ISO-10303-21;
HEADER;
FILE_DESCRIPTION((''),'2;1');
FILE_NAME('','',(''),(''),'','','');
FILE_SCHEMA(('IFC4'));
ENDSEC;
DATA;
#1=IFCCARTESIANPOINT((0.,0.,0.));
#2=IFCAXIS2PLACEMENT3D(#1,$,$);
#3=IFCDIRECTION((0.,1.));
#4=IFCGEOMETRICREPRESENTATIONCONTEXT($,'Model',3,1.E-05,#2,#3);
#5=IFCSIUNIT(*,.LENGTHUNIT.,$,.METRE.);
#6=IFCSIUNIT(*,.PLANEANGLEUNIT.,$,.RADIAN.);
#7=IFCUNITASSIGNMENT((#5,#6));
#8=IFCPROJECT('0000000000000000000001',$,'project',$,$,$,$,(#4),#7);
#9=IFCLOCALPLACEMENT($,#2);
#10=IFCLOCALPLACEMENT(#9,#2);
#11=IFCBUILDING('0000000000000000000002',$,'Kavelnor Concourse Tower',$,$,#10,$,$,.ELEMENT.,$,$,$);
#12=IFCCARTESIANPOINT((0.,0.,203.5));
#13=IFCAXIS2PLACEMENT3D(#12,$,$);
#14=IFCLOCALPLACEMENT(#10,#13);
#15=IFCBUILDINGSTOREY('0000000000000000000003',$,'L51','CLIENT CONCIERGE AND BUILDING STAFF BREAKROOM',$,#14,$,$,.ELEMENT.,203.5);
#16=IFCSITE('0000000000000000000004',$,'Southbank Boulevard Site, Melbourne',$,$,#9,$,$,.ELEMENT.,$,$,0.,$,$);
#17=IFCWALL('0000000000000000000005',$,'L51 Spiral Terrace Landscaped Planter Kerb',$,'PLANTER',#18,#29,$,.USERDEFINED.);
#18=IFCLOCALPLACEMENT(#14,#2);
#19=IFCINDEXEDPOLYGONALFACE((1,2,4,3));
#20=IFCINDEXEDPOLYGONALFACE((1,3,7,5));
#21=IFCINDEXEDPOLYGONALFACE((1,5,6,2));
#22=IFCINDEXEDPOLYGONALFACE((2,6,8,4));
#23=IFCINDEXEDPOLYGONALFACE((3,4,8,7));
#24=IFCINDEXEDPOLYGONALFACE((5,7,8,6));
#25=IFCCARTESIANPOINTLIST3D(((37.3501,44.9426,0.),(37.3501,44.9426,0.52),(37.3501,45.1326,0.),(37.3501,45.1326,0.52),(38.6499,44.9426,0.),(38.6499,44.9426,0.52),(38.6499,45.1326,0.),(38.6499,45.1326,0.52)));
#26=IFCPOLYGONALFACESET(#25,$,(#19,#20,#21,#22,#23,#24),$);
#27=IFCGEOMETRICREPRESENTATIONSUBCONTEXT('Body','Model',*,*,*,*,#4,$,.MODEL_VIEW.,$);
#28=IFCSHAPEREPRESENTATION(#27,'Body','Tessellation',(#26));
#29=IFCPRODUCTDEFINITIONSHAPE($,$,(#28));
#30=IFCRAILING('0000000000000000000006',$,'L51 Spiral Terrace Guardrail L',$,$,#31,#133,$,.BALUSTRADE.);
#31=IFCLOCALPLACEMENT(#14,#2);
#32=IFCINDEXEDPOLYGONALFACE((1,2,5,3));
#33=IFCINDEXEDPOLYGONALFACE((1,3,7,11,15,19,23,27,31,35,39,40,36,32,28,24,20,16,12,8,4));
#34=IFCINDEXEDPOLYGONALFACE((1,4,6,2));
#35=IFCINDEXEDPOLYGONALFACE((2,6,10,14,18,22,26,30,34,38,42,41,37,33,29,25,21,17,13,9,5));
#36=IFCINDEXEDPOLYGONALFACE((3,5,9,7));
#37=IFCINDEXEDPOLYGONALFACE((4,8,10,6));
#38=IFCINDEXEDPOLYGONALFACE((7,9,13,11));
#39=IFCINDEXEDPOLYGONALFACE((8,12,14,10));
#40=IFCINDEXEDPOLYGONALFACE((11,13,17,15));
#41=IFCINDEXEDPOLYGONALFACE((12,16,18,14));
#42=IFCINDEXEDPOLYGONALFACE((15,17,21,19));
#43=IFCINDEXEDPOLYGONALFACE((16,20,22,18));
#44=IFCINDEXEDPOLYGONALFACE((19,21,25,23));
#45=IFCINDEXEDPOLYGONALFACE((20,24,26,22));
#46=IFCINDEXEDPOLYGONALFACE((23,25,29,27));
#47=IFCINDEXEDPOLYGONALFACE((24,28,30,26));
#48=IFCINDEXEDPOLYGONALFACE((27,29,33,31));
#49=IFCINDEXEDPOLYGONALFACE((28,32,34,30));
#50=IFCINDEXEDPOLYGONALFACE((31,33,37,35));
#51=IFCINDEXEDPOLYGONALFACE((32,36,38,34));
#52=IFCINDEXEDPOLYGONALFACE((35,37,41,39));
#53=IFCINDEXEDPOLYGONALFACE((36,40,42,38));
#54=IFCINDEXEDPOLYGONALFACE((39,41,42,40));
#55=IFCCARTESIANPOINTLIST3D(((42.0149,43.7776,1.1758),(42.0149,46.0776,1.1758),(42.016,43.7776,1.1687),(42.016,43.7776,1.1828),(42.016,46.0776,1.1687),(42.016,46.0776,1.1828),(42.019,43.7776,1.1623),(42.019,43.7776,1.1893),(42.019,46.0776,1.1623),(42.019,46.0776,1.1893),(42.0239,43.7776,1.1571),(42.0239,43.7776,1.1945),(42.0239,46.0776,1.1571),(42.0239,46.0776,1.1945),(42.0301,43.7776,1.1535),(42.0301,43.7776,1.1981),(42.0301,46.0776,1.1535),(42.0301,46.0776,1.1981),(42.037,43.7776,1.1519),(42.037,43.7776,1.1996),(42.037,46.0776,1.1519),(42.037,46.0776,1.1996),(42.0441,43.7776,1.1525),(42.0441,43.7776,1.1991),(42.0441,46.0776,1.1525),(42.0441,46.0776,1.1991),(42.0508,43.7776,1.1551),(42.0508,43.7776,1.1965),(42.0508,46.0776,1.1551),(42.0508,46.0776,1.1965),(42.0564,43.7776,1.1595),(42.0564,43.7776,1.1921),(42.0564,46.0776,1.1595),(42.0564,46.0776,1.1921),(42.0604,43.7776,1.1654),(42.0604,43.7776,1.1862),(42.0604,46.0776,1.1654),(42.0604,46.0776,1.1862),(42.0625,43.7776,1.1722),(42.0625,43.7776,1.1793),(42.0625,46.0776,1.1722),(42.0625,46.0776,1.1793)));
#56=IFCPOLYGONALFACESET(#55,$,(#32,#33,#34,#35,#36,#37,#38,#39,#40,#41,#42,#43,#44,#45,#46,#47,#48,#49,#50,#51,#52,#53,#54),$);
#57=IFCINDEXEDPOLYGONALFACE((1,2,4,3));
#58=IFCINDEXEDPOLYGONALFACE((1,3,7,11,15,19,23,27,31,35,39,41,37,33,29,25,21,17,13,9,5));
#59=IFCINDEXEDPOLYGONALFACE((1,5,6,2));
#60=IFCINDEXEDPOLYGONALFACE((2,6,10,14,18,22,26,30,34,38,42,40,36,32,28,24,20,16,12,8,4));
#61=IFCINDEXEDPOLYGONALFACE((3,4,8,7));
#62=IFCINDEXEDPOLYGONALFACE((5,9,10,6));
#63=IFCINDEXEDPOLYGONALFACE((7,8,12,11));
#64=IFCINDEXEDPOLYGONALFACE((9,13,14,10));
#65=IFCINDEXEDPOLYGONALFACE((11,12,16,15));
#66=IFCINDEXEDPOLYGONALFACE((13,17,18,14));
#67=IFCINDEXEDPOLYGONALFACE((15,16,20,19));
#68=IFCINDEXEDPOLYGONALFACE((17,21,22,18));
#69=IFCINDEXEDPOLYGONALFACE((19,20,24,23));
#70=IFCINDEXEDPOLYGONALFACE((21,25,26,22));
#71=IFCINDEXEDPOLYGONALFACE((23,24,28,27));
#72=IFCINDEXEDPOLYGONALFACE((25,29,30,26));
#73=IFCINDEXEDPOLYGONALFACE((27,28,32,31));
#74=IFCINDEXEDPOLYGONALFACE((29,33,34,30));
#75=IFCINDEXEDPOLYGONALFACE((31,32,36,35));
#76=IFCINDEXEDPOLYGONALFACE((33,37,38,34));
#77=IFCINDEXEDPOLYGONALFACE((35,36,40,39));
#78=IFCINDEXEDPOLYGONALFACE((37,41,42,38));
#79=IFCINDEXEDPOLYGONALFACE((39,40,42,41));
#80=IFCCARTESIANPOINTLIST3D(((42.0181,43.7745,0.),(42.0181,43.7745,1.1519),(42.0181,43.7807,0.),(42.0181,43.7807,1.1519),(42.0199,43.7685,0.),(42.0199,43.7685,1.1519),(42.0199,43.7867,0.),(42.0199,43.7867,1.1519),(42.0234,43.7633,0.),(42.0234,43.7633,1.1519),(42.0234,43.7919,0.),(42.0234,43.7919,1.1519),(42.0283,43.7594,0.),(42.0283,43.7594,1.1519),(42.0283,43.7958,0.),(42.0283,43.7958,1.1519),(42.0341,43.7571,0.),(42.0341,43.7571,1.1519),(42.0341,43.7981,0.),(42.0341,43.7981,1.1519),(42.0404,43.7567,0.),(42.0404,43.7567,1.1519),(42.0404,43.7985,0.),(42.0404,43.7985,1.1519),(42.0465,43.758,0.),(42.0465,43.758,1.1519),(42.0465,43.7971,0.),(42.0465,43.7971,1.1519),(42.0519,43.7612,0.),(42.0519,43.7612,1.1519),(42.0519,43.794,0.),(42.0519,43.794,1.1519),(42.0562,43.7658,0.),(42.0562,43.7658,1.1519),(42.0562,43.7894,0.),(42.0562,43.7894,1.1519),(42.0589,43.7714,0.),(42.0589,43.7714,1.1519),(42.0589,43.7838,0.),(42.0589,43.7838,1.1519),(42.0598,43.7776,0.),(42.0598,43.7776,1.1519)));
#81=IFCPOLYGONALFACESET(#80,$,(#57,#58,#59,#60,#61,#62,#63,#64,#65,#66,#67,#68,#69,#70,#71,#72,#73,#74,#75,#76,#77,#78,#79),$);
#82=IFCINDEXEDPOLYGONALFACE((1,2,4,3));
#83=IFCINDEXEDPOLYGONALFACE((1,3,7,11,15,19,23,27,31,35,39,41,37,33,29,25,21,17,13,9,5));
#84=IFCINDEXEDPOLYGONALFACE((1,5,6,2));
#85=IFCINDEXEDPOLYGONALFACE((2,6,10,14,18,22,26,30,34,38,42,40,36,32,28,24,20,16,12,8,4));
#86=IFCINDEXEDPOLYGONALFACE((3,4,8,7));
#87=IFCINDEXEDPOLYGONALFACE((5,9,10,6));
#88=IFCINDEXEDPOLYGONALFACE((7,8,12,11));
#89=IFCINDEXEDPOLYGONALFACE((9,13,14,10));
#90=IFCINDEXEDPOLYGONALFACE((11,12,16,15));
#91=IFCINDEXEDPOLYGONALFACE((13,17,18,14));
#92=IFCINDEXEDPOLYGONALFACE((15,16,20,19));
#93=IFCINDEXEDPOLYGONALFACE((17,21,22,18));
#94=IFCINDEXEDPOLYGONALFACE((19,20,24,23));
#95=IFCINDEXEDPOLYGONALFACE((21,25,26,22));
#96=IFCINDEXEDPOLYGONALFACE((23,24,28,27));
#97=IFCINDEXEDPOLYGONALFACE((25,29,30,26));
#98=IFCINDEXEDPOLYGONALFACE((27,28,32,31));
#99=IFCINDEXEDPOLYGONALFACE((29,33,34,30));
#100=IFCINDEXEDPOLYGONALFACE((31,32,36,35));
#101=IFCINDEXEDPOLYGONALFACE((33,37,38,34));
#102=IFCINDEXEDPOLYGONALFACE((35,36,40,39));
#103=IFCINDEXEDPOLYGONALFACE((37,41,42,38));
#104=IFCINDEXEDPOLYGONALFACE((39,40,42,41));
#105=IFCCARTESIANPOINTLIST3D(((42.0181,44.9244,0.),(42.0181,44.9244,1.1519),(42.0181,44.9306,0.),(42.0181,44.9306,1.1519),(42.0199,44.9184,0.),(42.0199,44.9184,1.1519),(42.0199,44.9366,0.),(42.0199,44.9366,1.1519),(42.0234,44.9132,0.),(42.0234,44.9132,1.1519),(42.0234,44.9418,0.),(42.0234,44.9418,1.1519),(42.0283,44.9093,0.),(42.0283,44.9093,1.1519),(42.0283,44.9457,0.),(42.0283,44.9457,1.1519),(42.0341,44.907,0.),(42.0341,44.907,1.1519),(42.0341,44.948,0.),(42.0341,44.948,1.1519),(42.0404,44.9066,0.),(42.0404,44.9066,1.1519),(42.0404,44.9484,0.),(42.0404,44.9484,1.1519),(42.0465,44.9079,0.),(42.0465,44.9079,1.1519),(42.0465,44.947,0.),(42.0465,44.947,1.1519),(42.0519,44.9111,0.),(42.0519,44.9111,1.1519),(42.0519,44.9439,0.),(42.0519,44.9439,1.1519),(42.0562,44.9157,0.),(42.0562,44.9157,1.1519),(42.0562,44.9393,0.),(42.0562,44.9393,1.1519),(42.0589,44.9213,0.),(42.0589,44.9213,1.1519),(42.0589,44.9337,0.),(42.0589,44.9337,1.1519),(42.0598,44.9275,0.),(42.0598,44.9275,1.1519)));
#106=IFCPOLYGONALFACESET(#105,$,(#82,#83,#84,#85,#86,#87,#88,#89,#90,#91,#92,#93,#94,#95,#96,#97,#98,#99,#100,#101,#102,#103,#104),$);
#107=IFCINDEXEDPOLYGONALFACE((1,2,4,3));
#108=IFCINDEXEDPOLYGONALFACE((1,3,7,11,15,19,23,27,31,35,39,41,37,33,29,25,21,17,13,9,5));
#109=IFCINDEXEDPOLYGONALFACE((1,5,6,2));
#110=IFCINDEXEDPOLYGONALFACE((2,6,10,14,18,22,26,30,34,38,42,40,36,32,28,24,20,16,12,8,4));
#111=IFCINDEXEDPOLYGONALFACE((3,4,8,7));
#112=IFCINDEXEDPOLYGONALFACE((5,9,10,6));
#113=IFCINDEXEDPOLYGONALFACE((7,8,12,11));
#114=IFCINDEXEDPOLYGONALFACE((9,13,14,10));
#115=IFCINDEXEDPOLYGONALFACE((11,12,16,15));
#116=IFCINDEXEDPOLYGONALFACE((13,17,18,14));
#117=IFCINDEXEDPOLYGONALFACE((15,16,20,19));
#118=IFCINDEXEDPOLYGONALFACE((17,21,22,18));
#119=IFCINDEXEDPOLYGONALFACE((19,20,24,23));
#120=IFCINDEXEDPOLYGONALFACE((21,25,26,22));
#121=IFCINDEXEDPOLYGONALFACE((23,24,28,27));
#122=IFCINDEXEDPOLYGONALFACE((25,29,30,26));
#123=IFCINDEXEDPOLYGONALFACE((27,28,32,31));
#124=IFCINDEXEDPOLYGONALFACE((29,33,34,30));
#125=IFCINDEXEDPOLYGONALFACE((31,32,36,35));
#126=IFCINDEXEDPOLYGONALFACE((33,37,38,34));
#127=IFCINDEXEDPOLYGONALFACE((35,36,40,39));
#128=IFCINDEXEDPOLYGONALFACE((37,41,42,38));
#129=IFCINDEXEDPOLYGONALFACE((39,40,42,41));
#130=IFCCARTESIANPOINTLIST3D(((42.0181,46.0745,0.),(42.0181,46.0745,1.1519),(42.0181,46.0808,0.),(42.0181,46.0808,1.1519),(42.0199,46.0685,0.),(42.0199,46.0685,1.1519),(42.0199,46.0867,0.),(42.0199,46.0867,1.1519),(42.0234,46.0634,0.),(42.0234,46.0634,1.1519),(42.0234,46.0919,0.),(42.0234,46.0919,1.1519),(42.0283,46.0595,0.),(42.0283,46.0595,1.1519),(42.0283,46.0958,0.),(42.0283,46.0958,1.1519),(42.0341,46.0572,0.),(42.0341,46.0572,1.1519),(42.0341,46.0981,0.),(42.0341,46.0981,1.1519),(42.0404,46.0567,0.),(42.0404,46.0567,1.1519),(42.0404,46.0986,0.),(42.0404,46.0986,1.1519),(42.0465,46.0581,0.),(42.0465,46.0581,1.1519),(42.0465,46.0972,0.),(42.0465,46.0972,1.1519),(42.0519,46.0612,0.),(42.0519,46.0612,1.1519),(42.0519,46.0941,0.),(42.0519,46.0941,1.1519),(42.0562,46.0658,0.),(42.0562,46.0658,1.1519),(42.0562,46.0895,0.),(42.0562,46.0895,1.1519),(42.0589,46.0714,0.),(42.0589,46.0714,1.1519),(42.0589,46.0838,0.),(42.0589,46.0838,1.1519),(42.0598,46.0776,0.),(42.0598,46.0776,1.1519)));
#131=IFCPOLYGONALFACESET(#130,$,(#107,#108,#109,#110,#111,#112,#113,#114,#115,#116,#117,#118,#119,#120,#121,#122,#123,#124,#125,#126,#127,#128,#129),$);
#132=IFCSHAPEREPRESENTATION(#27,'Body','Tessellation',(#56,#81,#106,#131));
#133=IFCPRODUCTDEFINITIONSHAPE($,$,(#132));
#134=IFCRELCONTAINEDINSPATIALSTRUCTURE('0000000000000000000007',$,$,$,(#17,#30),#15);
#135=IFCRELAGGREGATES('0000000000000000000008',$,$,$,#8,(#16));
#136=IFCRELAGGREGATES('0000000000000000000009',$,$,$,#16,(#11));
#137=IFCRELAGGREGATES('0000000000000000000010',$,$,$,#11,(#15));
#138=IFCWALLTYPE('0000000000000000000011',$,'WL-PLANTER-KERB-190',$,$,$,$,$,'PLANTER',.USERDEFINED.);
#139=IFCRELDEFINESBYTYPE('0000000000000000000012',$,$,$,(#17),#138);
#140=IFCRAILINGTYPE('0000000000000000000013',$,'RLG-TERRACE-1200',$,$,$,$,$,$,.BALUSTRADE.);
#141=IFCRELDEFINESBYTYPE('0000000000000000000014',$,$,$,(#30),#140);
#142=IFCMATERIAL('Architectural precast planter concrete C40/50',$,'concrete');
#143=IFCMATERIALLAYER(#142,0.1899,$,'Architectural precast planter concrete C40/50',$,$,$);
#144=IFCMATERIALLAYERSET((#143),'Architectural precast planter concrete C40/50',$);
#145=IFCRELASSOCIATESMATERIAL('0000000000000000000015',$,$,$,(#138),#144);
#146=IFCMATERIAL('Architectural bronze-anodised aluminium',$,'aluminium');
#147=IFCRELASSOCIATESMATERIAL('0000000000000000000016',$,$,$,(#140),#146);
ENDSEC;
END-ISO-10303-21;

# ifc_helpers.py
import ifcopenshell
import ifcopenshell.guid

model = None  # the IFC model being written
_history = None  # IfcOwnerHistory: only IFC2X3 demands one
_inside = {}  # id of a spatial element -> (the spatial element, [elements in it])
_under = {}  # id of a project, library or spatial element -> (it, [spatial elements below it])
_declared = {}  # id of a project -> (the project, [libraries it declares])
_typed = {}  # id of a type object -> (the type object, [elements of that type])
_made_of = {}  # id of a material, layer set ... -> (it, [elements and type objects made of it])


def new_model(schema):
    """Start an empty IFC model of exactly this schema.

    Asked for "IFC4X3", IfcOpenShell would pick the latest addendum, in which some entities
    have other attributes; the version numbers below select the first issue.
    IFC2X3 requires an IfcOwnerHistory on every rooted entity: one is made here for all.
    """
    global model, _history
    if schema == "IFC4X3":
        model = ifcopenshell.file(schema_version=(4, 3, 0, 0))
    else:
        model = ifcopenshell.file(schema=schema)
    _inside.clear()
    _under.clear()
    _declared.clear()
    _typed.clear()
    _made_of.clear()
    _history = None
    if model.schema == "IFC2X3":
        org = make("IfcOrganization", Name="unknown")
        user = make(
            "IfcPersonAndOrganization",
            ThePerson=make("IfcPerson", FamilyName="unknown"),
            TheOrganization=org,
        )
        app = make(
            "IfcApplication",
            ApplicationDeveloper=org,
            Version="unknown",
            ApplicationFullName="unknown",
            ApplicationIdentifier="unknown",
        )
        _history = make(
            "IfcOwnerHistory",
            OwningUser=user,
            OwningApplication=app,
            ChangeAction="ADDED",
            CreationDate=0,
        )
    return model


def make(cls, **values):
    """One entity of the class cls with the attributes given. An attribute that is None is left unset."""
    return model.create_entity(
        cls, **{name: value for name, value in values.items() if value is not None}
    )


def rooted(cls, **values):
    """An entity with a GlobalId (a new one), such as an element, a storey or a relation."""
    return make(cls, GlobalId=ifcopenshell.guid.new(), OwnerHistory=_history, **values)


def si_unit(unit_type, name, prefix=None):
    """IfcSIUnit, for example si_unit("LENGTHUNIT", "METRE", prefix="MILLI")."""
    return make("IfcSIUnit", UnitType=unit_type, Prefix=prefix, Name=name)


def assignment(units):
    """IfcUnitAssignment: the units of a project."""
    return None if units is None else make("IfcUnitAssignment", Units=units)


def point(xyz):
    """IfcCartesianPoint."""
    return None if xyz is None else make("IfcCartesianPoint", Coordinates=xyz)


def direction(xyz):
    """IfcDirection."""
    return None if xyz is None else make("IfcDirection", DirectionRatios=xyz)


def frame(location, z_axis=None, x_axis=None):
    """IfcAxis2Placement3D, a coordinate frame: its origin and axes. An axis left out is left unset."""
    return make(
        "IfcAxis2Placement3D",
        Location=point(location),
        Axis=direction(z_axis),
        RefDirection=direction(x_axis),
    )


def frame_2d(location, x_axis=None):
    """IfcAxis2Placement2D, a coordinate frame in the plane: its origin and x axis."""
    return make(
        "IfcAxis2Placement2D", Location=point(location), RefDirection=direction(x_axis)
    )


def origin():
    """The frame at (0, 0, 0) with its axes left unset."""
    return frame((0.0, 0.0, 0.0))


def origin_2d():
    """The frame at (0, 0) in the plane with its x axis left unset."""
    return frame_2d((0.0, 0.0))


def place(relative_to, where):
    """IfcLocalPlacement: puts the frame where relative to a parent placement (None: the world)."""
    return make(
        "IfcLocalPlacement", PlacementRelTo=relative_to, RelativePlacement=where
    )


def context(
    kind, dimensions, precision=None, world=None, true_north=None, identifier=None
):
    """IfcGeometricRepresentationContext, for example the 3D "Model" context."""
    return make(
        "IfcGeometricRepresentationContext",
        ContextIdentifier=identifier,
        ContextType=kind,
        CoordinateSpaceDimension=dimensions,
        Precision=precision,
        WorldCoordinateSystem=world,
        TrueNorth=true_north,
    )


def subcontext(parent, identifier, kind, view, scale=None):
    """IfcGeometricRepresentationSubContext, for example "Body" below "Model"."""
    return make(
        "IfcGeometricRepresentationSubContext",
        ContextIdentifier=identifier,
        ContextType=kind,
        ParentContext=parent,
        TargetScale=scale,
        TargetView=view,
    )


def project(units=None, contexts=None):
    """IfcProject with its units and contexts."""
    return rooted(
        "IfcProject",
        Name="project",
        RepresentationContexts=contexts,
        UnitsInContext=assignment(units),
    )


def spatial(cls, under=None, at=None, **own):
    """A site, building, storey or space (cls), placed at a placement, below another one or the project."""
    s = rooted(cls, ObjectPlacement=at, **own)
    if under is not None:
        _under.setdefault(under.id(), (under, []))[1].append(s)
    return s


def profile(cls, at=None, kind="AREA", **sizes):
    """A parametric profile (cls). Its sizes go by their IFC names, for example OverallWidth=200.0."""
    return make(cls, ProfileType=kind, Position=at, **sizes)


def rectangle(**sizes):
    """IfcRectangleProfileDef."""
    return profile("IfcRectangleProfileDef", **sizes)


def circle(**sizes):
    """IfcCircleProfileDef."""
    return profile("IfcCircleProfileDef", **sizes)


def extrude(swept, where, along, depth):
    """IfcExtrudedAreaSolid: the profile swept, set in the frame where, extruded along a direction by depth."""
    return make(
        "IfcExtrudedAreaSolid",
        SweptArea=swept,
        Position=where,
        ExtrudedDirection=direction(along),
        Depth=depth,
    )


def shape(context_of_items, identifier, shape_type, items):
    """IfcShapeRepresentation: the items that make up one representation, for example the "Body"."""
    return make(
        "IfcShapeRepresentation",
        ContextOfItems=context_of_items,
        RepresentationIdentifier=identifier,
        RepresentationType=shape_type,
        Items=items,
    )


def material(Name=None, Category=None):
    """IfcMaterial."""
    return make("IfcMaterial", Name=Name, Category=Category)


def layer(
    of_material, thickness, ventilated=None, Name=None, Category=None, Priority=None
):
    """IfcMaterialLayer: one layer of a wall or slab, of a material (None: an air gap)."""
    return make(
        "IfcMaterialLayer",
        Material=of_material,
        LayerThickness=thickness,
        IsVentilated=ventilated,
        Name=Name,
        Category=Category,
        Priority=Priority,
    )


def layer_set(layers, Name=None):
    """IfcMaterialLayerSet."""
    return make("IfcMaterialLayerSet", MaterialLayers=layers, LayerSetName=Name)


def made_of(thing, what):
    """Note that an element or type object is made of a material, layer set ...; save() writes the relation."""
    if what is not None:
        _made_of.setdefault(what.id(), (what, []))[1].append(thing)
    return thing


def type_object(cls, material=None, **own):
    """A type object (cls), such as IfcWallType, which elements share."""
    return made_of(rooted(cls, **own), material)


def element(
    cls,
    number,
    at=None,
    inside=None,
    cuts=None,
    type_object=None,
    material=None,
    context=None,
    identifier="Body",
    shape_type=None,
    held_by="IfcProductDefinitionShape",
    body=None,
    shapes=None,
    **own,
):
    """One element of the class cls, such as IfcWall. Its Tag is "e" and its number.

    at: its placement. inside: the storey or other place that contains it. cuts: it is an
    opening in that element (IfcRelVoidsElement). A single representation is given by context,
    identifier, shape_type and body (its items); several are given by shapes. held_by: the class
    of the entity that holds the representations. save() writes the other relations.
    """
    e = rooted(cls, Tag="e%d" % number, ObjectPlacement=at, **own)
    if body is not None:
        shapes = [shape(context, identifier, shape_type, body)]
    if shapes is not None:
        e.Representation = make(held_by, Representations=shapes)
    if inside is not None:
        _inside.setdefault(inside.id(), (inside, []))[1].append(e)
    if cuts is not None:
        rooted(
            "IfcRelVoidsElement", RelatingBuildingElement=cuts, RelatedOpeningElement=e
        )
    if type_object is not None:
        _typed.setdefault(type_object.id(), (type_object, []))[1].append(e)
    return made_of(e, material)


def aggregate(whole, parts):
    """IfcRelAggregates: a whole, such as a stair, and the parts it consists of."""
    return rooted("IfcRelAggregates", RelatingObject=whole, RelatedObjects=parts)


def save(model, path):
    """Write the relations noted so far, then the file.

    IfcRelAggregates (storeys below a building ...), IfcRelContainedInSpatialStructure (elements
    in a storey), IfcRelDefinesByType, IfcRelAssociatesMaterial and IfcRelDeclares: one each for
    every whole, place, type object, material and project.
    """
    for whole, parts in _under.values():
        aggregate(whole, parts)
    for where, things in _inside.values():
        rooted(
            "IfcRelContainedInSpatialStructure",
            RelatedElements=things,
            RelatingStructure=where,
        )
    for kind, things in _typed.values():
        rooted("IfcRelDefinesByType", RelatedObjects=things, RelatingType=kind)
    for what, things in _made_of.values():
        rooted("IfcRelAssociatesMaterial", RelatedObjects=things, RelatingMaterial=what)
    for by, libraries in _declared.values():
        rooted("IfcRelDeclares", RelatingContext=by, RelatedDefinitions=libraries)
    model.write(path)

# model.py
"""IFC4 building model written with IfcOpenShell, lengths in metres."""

from ifc_helpers import new_model, si_unit, direction, frame, frame_2d, origin, origin_2d, place, context, subcontext, project, spatial, rectangle, circle, extrude, material, layer, layer_set, type_object, element, save


model = new_model("IFC4")

# Units and contexts
model_context = context("Model", 3, precision=1e-05, world=origin(), true_north=direction((0.0, 1.0)))
body_context = subcontext(model_context, "Body", "Model", "MODEL_VIEW")
ifc_project = project(units=[si_unit("LENGTHUNIT", "METRE"), si_unit("PLANEANGLEUNIT", "RADIAN")], contexts=[model_context])

# Site, building, storey
site_placement = place(None, origin())
site = spatial("IfcSite", under=ifc_project, at=site_placement, Name="Southbank Boulevard Site, Melbourne", CompositionType="ELEMENT", RefElevation=0.0)
building_placement = place(site_placement, origin())
building = spatial("IfcBuilding", under=site, at=building_placement, Name="Kavelnor Concourse Tower", CompositionType="ELEMENT")
storey_placement = place(building_placement, frame((0.0, 0.0, 203.5)))
storey = spatial("IfcBuildingStorey", under=building, at=storey_placement, Name="L51", Description="CLIENT CONCIERGE AND BUILDING STAFF BREAKROOM", CompositionType="ELEMENT", Elevation=203.5)

# Wall
ifc_material_1 = material(Name="Architectural precast planter concrete C40/50", Category="concrete")
ifc_layer_1 = layer(ifc_material_1, 0.1899, Name="Architectural precast planter concrete C40/50")
ifc_layer_set_1 = layer_set([ifc_layer_1], Name="Architectural precast planter concrete C40/50")
wall_type_1 = type_object("IfcWallType", Name="WL-PLANTER-KERB-190", ElementType="PLANTER", PredefinedType="USERDEFINED", material=ifc_layer_set_1)
wall_1_placement = place(storey_placement, frame((38.6499, 45.0376, 0.0), z_axis=(0.0, 0.0, 1.0), x_axis=(-1.0, 0.0, 0.0)))
element("IfcWall", 1, at=wall_1_placement, inside=storey, type_object=wall_type_1, Name="L51 Spiral Terrace Landscaped Planter Kerb", ObjectType="PLANTER", PredefinedType="USERDEFINED", context=body_context, shape_type="SweptSolid", body=[
    extrude(rectangle(XDim=1.2998, YDim=0.1899, at=frame_2d((0.6499, 0.0))), origin(), (0.0, 0.0, 1.0), 0.52),
])

# Railing
ifc_material_2 = material(Name="Architectural bronze-anodised aluminium", Category="aluminium")
railing_type = type_object("IfcRailingType", Name="RLG-TERRACE-1200", PredefinedType="BALUSTRADE", material=ifc_material_2)
railing_1_placement = place(storey_placement, frame((42.0388, 43.7776, 0.0)))
element("IfcRailing", 2, at=railing_1_placement, inside=storey, type_object=railing_type, Name="L51 Spiral Terrace Guardrail L", PredefinedType="BALUSTRADE", context=body_context, shape_type="SweptSolid", body=[
    extrude(circle(Radius=0.0239, at=origin_2d()), frame((0.0, 0.0, 1.1758), z_axis=(0.0, 1.0, 0.0), x_axis=(-1.0, 0.0, 0.0)), (0.0, 0.0, 1.0), 2.3),
    extrude(circle(Radius=0.021, at=origin_2d()), origin(), (0.0, 0.0, 1.0), 1.1519),
    extrude(circle(Radius=0.021, at=origin_2d()), frame((0.0, 1.1499, 0.0)), (0.0, 0.0, 1.0), 1.1519),
    extrude(circle(Radius=0.021, at=origin_2d()), frame((0.0, 2.3, 0.0)), (0.0, 0.0, 1.0), 1.1519),
])

save(model, "model.ifc")
